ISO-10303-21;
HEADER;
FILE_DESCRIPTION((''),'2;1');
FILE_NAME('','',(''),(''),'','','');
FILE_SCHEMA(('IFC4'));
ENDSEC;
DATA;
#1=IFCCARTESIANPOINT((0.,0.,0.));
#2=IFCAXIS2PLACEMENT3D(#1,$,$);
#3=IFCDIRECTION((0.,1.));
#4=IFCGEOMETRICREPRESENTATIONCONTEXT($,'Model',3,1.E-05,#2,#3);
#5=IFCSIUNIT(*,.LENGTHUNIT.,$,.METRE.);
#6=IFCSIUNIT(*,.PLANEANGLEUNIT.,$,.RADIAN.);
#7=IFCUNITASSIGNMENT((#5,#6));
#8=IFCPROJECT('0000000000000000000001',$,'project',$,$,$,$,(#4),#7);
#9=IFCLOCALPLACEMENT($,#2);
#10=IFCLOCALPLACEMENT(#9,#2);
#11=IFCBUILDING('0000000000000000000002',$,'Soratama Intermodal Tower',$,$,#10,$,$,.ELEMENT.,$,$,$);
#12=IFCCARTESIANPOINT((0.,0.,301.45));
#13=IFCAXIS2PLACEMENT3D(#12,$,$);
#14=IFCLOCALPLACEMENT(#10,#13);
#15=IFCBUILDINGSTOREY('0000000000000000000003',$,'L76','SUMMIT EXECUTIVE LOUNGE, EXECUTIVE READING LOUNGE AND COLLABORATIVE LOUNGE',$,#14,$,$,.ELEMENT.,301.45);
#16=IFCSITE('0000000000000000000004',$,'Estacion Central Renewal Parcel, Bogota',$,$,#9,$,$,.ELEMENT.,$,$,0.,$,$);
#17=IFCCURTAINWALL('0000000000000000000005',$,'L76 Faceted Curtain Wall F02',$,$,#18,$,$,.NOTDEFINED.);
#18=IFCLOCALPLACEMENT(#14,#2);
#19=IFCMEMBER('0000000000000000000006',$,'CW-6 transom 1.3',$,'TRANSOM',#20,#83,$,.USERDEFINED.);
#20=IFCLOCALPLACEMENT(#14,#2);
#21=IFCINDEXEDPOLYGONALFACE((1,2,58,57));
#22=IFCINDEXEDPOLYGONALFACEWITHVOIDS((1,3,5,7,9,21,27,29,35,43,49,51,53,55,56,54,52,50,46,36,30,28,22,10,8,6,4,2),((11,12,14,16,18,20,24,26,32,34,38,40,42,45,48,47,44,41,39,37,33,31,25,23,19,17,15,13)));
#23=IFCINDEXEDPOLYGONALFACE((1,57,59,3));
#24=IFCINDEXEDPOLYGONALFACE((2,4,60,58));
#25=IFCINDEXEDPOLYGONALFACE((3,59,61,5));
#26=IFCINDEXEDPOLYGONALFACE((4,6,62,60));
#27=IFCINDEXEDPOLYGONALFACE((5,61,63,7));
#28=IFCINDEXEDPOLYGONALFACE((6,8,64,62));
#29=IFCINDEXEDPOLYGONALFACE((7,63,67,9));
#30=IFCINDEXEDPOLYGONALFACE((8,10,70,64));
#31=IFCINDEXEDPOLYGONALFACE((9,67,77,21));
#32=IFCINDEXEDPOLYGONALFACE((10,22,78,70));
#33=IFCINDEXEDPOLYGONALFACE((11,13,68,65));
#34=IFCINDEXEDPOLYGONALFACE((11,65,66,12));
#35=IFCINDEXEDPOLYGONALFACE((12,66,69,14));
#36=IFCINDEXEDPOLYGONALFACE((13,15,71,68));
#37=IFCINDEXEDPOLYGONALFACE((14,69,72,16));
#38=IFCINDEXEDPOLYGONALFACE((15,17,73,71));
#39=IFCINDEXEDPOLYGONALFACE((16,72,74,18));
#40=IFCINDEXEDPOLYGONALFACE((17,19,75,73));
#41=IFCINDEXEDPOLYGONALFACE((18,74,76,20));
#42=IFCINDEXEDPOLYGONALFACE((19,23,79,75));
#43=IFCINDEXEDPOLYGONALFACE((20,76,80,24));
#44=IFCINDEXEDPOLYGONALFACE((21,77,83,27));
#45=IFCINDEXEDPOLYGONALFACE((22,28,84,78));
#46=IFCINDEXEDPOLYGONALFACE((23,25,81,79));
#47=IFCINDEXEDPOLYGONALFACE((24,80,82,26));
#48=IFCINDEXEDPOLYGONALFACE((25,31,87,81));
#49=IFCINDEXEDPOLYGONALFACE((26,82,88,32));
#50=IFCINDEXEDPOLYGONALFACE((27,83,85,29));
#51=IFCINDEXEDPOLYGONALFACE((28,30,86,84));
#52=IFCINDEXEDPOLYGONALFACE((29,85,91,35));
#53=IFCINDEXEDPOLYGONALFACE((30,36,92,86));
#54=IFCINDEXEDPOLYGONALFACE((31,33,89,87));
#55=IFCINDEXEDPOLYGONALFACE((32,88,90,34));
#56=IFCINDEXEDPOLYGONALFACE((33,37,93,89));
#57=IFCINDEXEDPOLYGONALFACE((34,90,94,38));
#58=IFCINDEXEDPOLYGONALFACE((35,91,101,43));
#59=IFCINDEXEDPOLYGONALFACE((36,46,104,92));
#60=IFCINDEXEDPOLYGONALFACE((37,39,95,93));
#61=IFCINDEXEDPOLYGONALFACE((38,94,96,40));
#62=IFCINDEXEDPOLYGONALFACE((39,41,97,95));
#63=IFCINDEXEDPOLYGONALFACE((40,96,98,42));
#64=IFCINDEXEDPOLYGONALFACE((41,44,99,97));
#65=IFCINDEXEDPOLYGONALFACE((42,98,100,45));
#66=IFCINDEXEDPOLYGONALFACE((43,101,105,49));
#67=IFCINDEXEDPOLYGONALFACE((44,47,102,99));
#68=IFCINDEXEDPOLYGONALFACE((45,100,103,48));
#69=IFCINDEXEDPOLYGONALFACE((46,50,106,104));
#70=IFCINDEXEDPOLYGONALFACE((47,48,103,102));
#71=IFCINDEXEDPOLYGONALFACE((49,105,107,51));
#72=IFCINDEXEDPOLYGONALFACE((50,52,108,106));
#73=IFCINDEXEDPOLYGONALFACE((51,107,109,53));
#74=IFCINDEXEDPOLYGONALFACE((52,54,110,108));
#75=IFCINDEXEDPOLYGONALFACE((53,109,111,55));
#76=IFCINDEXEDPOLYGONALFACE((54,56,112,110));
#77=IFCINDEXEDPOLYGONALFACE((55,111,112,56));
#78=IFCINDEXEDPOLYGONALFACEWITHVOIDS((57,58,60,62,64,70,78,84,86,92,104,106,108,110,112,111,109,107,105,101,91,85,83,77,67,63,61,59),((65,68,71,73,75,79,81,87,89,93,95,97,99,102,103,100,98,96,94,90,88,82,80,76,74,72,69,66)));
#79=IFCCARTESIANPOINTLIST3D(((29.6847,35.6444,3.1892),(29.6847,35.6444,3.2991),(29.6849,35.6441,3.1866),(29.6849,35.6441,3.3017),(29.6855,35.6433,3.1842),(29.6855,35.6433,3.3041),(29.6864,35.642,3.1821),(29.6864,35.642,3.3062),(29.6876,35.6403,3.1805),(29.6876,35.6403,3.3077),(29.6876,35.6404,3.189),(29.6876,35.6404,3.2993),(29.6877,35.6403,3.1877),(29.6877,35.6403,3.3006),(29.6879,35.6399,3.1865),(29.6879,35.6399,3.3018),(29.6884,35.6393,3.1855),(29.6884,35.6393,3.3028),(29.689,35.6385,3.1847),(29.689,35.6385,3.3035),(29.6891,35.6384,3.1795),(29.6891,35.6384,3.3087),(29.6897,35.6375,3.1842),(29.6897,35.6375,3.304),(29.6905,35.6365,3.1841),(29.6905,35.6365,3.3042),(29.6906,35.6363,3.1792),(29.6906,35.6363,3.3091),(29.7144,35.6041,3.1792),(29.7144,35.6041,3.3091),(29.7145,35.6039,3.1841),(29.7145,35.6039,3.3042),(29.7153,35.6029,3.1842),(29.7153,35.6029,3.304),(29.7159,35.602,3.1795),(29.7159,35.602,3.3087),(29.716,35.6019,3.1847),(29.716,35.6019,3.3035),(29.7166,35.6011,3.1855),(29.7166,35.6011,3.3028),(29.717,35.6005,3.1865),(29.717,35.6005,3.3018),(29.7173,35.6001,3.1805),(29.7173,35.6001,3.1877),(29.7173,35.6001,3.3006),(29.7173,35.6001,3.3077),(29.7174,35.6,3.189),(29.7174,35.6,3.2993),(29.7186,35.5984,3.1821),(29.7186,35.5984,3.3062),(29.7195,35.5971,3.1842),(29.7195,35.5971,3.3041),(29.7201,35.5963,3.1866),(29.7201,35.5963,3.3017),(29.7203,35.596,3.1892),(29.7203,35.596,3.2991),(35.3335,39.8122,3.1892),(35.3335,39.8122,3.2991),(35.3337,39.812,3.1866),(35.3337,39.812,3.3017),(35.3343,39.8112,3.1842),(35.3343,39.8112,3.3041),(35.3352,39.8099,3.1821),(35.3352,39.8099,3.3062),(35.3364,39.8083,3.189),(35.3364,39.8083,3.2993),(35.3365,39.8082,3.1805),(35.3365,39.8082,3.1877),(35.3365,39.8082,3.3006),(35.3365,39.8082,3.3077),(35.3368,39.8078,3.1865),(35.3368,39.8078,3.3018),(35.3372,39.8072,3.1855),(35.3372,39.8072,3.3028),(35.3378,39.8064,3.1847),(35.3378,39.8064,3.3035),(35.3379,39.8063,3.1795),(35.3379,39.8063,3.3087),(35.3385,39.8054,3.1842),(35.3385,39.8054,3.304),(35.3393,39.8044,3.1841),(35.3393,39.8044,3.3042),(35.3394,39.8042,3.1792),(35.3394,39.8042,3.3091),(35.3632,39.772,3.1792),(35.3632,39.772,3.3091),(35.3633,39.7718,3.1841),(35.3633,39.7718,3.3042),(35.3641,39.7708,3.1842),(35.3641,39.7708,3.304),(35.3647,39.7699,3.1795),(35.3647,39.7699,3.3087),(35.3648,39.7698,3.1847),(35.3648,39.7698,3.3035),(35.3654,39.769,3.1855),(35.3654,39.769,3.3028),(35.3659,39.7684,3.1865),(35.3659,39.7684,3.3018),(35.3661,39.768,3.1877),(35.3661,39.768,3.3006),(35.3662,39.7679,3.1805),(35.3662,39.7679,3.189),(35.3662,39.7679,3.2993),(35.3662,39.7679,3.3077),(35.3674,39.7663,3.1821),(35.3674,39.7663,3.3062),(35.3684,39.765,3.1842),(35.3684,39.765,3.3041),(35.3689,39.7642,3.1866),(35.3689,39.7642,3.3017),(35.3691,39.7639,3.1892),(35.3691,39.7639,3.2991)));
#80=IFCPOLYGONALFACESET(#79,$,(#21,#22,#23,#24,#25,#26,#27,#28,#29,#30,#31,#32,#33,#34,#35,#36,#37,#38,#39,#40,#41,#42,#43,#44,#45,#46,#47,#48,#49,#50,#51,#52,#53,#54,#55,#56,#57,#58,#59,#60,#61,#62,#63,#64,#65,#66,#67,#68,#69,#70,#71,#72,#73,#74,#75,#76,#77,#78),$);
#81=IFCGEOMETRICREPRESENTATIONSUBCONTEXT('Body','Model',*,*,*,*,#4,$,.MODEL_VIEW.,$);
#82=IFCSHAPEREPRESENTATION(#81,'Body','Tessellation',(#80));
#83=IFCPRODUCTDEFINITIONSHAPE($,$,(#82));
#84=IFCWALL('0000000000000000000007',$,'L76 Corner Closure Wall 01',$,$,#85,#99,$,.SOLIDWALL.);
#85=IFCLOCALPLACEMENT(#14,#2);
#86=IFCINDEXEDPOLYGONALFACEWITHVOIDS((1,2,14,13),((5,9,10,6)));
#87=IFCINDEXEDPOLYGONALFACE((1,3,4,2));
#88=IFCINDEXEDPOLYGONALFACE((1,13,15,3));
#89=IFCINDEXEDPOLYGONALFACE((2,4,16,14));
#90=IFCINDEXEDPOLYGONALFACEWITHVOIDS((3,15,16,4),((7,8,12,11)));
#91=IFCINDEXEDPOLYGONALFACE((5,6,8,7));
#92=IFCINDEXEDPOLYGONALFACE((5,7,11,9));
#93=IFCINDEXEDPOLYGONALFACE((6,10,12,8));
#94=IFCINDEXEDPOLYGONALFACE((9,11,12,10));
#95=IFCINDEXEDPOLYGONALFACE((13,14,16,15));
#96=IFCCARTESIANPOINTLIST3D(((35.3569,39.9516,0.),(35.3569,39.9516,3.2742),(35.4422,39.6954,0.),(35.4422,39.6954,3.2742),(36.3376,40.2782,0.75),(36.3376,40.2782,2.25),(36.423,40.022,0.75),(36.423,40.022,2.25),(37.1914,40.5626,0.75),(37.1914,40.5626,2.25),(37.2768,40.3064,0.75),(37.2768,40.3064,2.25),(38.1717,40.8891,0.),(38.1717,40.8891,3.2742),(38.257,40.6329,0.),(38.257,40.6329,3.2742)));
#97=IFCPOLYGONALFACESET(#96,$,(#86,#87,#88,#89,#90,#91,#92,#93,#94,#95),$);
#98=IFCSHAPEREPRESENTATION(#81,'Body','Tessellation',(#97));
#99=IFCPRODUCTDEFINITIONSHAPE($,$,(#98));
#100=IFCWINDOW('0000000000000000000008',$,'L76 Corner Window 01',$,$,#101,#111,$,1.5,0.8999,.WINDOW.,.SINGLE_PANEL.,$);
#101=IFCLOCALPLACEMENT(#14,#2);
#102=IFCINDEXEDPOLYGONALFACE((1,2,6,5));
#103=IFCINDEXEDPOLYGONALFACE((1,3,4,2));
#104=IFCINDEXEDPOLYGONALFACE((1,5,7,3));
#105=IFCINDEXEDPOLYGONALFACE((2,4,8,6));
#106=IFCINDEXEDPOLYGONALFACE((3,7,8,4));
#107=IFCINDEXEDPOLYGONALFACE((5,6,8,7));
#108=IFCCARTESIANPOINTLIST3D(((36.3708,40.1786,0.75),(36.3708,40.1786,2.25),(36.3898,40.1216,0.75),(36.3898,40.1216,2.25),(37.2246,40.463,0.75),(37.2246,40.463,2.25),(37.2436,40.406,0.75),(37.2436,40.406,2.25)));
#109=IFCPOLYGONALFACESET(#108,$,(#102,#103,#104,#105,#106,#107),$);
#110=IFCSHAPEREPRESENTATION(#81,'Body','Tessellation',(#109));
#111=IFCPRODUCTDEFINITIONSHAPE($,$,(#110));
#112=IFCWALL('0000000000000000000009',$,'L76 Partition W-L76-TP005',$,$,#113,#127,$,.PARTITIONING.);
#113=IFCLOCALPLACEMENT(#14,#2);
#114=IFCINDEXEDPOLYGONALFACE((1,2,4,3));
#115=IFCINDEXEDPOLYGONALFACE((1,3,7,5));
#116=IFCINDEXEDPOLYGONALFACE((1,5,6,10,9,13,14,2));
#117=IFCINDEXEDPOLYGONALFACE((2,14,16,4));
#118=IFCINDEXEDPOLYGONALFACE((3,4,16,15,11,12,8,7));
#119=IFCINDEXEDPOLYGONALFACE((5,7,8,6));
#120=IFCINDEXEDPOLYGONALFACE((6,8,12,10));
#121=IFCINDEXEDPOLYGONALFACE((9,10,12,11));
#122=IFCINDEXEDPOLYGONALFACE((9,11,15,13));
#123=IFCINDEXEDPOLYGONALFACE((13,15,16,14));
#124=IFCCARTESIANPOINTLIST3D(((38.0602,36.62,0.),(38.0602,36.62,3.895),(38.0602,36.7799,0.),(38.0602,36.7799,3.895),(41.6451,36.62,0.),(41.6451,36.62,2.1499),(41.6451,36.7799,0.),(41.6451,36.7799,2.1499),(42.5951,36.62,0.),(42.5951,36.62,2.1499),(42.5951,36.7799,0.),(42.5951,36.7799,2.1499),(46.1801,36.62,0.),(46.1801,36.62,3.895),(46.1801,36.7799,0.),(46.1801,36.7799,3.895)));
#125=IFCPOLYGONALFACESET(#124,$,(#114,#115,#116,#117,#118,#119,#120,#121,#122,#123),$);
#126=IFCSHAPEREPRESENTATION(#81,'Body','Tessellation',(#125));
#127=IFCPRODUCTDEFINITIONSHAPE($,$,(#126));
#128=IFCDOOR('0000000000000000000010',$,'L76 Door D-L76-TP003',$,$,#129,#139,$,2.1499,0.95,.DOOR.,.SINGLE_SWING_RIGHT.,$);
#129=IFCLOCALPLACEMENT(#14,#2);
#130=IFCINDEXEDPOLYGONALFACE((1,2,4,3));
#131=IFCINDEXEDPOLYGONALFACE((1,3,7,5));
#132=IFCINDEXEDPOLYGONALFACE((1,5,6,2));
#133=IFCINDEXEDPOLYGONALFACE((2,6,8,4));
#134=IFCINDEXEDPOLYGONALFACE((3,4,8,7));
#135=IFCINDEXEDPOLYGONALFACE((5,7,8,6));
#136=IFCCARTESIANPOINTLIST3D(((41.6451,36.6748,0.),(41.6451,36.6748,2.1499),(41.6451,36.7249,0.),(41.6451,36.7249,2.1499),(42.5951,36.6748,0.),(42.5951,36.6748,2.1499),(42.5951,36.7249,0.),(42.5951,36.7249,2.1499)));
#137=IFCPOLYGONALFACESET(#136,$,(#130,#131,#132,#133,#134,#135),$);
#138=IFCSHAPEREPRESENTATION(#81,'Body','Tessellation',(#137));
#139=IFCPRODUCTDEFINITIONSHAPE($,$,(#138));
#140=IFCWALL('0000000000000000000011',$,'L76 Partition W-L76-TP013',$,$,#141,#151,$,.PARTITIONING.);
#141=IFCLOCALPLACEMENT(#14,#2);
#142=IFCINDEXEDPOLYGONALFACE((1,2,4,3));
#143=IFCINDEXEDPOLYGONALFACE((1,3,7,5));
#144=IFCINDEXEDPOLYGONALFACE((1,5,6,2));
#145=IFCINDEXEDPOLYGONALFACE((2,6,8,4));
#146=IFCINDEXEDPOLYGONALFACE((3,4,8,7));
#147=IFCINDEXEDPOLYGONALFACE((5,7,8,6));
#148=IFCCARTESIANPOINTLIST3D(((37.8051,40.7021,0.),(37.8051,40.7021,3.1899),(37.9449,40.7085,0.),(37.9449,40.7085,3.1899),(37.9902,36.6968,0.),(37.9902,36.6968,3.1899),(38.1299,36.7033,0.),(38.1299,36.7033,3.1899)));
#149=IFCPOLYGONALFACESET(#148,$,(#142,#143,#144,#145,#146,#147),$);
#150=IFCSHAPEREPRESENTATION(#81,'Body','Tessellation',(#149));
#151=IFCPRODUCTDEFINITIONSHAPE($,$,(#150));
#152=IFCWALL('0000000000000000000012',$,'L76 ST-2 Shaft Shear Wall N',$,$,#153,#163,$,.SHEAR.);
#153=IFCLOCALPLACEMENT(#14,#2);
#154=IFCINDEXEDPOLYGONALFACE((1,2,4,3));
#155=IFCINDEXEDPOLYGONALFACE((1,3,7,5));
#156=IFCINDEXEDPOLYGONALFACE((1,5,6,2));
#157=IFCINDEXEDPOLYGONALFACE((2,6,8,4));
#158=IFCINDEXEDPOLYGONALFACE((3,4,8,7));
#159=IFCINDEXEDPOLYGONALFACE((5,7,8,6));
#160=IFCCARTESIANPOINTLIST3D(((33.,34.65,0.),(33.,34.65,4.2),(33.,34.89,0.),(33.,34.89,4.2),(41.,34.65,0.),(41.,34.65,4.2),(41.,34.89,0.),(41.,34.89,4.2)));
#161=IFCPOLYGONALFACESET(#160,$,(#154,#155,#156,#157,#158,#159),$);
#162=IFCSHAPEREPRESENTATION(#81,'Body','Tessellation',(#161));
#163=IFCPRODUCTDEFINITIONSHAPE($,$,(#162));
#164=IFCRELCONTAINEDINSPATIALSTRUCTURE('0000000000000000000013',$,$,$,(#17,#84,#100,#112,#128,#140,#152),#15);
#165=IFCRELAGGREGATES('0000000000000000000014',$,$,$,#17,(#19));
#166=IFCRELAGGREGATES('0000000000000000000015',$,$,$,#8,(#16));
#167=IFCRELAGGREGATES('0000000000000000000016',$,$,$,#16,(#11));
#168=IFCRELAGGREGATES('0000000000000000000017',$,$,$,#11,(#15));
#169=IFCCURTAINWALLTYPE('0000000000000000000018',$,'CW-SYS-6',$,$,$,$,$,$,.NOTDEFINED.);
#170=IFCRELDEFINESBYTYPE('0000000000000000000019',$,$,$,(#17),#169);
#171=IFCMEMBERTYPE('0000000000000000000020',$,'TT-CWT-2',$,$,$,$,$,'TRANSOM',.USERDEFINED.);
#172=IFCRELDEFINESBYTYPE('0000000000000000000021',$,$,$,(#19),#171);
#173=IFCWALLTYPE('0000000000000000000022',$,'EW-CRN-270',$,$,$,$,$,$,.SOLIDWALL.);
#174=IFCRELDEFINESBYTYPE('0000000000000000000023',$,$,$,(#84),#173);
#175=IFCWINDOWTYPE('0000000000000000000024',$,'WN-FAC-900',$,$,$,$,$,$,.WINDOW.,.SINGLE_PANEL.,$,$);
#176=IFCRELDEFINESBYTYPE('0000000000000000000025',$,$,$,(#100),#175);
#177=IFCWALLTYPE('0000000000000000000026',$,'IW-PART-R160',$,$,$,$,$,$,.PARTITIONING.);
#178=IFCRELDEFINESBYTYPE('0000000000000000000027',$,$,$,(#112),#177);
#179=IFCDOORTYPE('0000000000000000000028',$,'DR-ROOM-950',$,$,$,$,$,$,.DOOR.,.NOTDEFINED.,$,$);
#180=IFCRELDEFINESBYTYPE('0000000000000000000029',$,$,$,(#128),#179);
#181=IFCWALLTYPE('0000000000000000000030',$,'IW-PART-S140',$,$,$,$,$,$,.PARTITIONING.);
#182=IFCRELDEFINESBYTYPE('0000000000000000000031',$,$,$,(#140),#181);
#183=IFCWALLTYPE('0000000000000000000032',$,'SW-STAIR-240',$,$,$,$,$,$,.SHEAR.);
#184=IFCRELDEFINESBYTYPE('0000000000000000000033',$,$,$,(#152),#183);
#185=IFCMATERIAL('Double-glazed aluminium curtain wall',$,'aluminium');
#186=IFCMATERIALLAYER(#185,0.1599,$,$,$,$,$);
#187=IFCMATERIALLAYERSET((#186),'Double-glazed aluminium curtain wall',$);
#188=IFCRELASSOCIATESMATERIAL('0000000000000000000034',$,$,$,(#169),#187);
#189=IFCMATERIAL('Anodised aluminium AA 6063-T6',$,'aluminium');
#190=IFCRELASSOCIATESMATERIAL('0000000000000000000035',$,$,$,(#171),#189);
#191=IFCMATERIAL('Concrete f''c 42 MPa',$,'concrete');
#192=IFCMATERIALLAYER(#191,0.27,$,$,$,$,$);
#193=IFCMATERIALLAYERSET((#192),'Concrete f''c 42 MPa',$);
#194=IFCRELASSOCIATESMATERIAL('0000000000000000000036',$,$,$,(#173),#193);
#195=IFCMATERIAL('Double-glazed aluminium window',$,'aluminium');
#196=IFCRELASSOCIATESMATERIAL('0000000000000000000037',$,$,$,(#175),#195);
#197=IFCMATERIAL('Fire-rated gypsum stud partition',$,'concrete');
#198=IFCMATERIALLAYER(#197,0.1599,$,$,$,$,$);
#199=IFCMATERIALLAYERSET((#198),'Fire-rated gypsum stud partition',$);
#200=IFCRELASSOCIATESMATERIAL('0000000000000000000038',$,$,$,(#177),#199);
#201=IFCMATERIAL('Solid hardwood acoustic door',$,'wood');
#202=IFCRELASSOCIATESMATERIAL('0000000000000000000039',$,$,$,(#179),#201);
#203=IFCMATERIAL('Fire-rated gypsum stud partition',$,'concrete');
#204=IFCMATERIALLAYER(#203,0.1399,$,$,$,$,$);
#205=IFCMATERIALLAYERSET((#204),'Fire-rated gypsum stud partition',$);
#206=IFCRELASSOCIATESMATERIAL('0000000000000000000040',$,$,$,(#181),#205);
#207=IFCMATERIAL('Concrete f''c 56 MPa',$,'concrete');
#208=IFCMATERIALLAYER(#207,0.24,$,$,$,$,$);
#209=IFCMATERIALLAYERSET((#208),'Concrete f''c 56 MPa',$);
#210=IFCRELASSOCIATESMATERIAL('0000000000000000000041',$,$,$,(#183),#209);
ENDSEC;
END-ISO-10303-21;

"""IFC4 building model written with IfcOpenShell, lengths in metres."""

from ifc_helpers import new_model, si_unit, direction, frame, frame_2d, origin, origin_2d, place, context, subcontext, project, spatial, rectangle, hollow_rectangle, extrude, material, layer, layer_set, material_profile, profile_set, type_object, element, fill, aggregate, save


model = new_model("IFC4")

# Units and contexts
model_context = context("Model", 3, precision=1e-05, world=origin(), true_north=direction((0.0, 1.0)))
body_context = subcontext(model_context, "Body", "Model", "MODEL_VIEW")
ifc_project = project(units=[si_unit("LENGTHUNIT", "METRE"), si_unit("PLANEANGLEUNIT", "RADIAN")], contexts=[model_context])

# Site, building, storey
site_placement = place(None, origin())
site = spatial("IfcSite", under=ifc_project, at=site_placement, Name="Estacion Central Renewal Parcel, Bogota", CompositionType="ELEMENT", RefElevation=0.0)
building_placement = place(site_placement, origin())
building = spatial("IfcBuilding", under=site, at=building_placement, Name="Soratama Intermodal Tower", CompositionType="ELEMENT")
storey_placement = place(building_placement, frame((0.0, 0.0, 301.45)))
storey = spatial("IfcBuildingStorey", under=building, at=storey_placement, Name="L76", Description="SUMMIT EXECUTIVE LOUNGE, EXECUTIVE READING LOUNGE AND COLLABORATIVE LOUNGE", CompositionType="ELEMENT", Elevation=301.45)

# Shared definitions
ifc_material_1 = material(Name="Double-glazed aluminium curtain wall", Category="aluminium")
ifc_layer_1 = layer(ifc_material_1, 0.1599)
ifc_layer_set_1 = layer_set([ifc_layer_1], Name="Double-glazed aluminium curtain wall")
curtain_wall_type = type_object("IfcCurtainWallType", Name="CW-SYS-6", PredefinedType="NOTDEFINED", material=ifc_layer_set_1)

# Curtain wall, member
curtain_wall_1_placement = place(storey_placement, origin())
curtain_wall_1 = element("IfcCurtainWall", 1, at=curtain_wall_1_placement, inside=storey, type_object=curtain_wall_type, Name="L76 Faceted Curtain Wall F02", PredefinedType="NOTDEFINED")
ifc_material_2 = material(Name="Anodised aluminium AA 6063-T6", Category="aluminium")
ifc_material_profile_1 = material_profile(ifc_material_2, hollow_rectangle(XDim=0.0601, YDim=0.1299, WallThickness=0.0049, InnerFilletRadius=0.0049, OuterFilletRadius=0.01, at=origin_2d()), Name="CWT130X60X5")
ifc_profile_set_1 = profile_set([ifc_material_profile_1], Name="Anodised aluminium AA 6063-T6")
member_type_1 = type_object("IfcMemberType", Name="TT-CWT-2", ElementType="TRANSOM", PredefinedType="USERDEFINED", material=ifc_profile_set_1)
member_1_placement = place(storey_placement, frame((35.3513, 39.7881, 3.2441), z_axis=(-0.804675, -0.593716, 0.0), x_axis=(0.593716, -0.804675, 0.0)))
member_1 = element("IfcMember", 2, at=member_1_placement, type_object=member_type_1, Name="CW-6 transom 1.3", ObjectType="TRANSOM", PredefinedType="USERDEFINED", context=body_context, shape_type="SweptSolid", body=[
    extrude(hollow_rectangle(XDim=0.0601, YDim=0.1299, WallThickness=0.0049, InnerFilletRadius=0.0049, OuterFilletRadius=0.01, at=origin_2d()), origin(), (0.0, 0.0, 1.0), 7.02),
])
aggregate(curtain_wall_1, [member_1])

# Wall, opening, window
ifc_material_3 = material(Name="Concrete f'c 42 MPa", Category="concrete")
ifc_layer_2 = layer(ifc_material_3, 0.27)
ifc_layer_set_2 = layer_set([ifc_layer_2], Name="Concrete f'c 42 MPa")
wall_type_1 = type_object("IfcWallType", Name="EW-CRN-270", PredefinedType="SOLIDWALL", material=ifc_layer_set_2)
wall_1_placement = place(storey_placement, frame((38.2144, 40.761, 0.0), z_axis=(0.0, 0.0, 1.0), x_axis=(-0.948757, -0.316006, 0.0)))
wall_1 = element("IfcWall", 3, at=wall_1_placement, inside=storey, type_object=wall_type_1, Name="L76 Corner Closure Wall 01", PredefinedType="SOLIDWALL", context=body_context, shape_type="SweptSolid", body=[
    extrude(rectangle(XDim=2.9668, YDim=0.27, at=frame_2d((1.4834, 0.0))), origin(), (0.0, 0.0, 1.0), 3.2742),
])
opening_1_placement = place(wall_1_placement, frame((1.0332, 0.0, 0.75)))
opening_1 = element("IfcOpeningElement", 4, at=opening_1_placement, cuts=wall_1, PredefinedType="OPENING", context=body_context, shape_type="SweptSolid", body=[
    extrude(rectangle(XDim=0.8999, YDim=1.5, at=frame_2d((0.45, 0.75))), frame((0.0, 0.145, 0.0), z_axis=(0.0, -1.0, 0.0), x_axis=(1.0, 0.0, 0.0)), (0.0, 0.0, 1.0), 0.29),
])
ifc_material_4 = material(Name="Double-glazed aluminium window", Category="aluminium")
window_type = type_object("IfcWindowType", Name="WN-FAC-900", PartitioningType="SINGLE_PANEL", PredefinedType="WINDOW", material=ifc_material_4)
window_placement = place(opening_1_placement, origin())
window = element("IfcWindow", 5, at=window_placement, inside=storey, type_object=window_type, Name="L76 Corner Window 01", OverallHeight=1.5, OverallWidth=0.8999, PartitioningType="SINGLE_PANEL", PredefinedType="WINDOW", context=body_context, shape_type="SweptSolid", body=[
    extrude(rectangle(XDim=0.8999, YDim=1.5, at=frame_2d((0.45, 0.75))), frame((0.0, 0.03, 0.0), z_axis=(0.0, -1.0, 0.0), x_axis=(1.0, 0.0, 0.0)), (0.0, 0.0, 1.0), 0.0601),
])
fill(opening_1, window)

# Wall, opening, door
ifc_material_5 = material(Name="Fire-rated gypsum stud partition", Category="concrete")
ifc_layer_3 = layer(ifc_material_5, 0.1599)
ifc_layer_set_3 = layer_set([ifc_layer_3], Name="Fire-rated gypsum stud partition")
wall_type_2 = type_object("IfcWallType", Name="IW-PART-R160", PredefinedType="PARTITIONING", material=ifc_layer_set_3)
wall_2_placement = place(storey_placement, frame((38.0601, 36.7, 0.0), z_axis=(0.0, 0.0, 1.0), x_axis=(1.0, 0.0, 0.0)))
wall_2 = element("IfcWall", 6, at=wall_2_placement, inside=storey, type_object=wall_type_2, Name="L76 Partition W-L76-TP005", PredefinedType="PARTITIONING", context=body_context, shape_type="SweptSolid", body=[
    extrude(rectangle(XDim=8.1199, YDim=0.1599, at=frame_2d((4.0601, 0.0))), origin(), (0.0, 0.0, 1.0), 3.895),
])
opening_2_placement = place(wall_2_placement, frame((3.585, 0.0, 0.0)))
opening_2 = element("IfcOpeningElement", 7, at=opening_2_placement, cuts=wall_2, PredefinedType="OPENING", context=body_context, shape_type="SweptSolid", body=[
    extrude(rectangle(XDim=0.95, YDim=2.1499, at=frame_2d((0.4751, 1.075))), frame((0.0, 0.0898, 0.0), z_axis=(0.0, -1.0, 0.0), x_axis=(1.0, 0.0, 0.0)), (0.0, 0.0, 1.0), 0.1799),
])
ifc_material_6 = material(Name="Solid hardwood acoustic door", Category="wood")
door_type = type_object("IfcDoorType", Name="DR-ROOM-950", OperationType="NOTDEFINED", PredefinedType="DOOR", material=ifc_material_6)
door_placement = place(opening_2_placement, origin())
door = element("IfcDoor", 8, at=door_placement, inside=storey, type_object=door_type, Name="L76 Door D-L76-TP003", OperationType="SINGLE_SWING_RIGHT", OverallHeight=2.1499, OverallWidth=0.95, PredefinedType="DOOR", context=body_context, shape_type="SweptSolid", body=[
    extrude(rectangle(XDim=0.95, YDim=2.1499, at=frame_2d((0.4751, 1.075))), frame((0.0, 0.0249, 0.0), z_axis=(0.0, -1.0, 0.0), x_axis=(1.0, 0.0, 0.0)), (0.0, 0.0, 1.0), 0.05),
])
fill(opening_2, door)

# Walls
ifc_material_7 = material(Name="Fire-rated gypsum stud partition", Category="concrete")
ifc_layer_4 = layer(ifc_material_7, 0.1399)
ifc_layer_set_4 = layer_set([ifc_layer_4], Name="Fire-rated gypsum stud partition")
wall_type_3 = type_object("IfcWallType", Name="IW-PART-S140", PredefinedType="PARTITIONING", material=ifc_layer_set_4)
wall_3_placement = place(storey_placement, frame((38.0601, 36.7, 0.0), z_axis=(0.0, 0.0, 1.0), x_axis=(-0.046156, 0.998934, 0.0)))
element("IfcWall", 9, at=wall_3_placement, inside=storey, type_object=wall_type_3, Name="L76 Partition W-L76-TP013", PredefinedType="PARTITIONING", context=body_context, shape_type="SweptSolid", body=[
    extrude(rectangle(XDim=4.0095, YDim=0.1399, at=frame_2d((2.0049, 0.0))), origin(), (0.0, 0.0, 1.0), 3.1899),
])
ifc_material_8 = material(Name="Concrete f'c 56 MPa", Category="concrete")
ifc_layer_5 = layer(ifc_material_8, 0.24)
ifc_layer_set_5 = layer_set([ifc_layer_5], Name="Concrete f'c 56 MPa")
wall_type_4 = type_object("IfcWallType", Name="SW-STAIR-240", PredefinedType="SHEAR", material=ifc_layer_set_5)
wall_4_placement = place(storey_placement, frame((33.0, 34.77, 0.0), z_axis=(0.0, 0.0, 1.0), x_axis=(1.0, 0.0, 0.0)))
element("IfcWall", 10, at=wall_4_placement, inside=storey, type_object=wall_type_4, Name="L76 ST-2 Shaft Shear Wall N", PredefinedType="SHEAR", context=body_context, shape_type="SweptSolid", body=[
    extrude(rectangle(XDim=8.0, YDim=0.24, at=frame_2d((4.0, 0.0))), origin(), (0.0, 0.0, 1.0), 4.2),
])

save(model, "model.ifc")
